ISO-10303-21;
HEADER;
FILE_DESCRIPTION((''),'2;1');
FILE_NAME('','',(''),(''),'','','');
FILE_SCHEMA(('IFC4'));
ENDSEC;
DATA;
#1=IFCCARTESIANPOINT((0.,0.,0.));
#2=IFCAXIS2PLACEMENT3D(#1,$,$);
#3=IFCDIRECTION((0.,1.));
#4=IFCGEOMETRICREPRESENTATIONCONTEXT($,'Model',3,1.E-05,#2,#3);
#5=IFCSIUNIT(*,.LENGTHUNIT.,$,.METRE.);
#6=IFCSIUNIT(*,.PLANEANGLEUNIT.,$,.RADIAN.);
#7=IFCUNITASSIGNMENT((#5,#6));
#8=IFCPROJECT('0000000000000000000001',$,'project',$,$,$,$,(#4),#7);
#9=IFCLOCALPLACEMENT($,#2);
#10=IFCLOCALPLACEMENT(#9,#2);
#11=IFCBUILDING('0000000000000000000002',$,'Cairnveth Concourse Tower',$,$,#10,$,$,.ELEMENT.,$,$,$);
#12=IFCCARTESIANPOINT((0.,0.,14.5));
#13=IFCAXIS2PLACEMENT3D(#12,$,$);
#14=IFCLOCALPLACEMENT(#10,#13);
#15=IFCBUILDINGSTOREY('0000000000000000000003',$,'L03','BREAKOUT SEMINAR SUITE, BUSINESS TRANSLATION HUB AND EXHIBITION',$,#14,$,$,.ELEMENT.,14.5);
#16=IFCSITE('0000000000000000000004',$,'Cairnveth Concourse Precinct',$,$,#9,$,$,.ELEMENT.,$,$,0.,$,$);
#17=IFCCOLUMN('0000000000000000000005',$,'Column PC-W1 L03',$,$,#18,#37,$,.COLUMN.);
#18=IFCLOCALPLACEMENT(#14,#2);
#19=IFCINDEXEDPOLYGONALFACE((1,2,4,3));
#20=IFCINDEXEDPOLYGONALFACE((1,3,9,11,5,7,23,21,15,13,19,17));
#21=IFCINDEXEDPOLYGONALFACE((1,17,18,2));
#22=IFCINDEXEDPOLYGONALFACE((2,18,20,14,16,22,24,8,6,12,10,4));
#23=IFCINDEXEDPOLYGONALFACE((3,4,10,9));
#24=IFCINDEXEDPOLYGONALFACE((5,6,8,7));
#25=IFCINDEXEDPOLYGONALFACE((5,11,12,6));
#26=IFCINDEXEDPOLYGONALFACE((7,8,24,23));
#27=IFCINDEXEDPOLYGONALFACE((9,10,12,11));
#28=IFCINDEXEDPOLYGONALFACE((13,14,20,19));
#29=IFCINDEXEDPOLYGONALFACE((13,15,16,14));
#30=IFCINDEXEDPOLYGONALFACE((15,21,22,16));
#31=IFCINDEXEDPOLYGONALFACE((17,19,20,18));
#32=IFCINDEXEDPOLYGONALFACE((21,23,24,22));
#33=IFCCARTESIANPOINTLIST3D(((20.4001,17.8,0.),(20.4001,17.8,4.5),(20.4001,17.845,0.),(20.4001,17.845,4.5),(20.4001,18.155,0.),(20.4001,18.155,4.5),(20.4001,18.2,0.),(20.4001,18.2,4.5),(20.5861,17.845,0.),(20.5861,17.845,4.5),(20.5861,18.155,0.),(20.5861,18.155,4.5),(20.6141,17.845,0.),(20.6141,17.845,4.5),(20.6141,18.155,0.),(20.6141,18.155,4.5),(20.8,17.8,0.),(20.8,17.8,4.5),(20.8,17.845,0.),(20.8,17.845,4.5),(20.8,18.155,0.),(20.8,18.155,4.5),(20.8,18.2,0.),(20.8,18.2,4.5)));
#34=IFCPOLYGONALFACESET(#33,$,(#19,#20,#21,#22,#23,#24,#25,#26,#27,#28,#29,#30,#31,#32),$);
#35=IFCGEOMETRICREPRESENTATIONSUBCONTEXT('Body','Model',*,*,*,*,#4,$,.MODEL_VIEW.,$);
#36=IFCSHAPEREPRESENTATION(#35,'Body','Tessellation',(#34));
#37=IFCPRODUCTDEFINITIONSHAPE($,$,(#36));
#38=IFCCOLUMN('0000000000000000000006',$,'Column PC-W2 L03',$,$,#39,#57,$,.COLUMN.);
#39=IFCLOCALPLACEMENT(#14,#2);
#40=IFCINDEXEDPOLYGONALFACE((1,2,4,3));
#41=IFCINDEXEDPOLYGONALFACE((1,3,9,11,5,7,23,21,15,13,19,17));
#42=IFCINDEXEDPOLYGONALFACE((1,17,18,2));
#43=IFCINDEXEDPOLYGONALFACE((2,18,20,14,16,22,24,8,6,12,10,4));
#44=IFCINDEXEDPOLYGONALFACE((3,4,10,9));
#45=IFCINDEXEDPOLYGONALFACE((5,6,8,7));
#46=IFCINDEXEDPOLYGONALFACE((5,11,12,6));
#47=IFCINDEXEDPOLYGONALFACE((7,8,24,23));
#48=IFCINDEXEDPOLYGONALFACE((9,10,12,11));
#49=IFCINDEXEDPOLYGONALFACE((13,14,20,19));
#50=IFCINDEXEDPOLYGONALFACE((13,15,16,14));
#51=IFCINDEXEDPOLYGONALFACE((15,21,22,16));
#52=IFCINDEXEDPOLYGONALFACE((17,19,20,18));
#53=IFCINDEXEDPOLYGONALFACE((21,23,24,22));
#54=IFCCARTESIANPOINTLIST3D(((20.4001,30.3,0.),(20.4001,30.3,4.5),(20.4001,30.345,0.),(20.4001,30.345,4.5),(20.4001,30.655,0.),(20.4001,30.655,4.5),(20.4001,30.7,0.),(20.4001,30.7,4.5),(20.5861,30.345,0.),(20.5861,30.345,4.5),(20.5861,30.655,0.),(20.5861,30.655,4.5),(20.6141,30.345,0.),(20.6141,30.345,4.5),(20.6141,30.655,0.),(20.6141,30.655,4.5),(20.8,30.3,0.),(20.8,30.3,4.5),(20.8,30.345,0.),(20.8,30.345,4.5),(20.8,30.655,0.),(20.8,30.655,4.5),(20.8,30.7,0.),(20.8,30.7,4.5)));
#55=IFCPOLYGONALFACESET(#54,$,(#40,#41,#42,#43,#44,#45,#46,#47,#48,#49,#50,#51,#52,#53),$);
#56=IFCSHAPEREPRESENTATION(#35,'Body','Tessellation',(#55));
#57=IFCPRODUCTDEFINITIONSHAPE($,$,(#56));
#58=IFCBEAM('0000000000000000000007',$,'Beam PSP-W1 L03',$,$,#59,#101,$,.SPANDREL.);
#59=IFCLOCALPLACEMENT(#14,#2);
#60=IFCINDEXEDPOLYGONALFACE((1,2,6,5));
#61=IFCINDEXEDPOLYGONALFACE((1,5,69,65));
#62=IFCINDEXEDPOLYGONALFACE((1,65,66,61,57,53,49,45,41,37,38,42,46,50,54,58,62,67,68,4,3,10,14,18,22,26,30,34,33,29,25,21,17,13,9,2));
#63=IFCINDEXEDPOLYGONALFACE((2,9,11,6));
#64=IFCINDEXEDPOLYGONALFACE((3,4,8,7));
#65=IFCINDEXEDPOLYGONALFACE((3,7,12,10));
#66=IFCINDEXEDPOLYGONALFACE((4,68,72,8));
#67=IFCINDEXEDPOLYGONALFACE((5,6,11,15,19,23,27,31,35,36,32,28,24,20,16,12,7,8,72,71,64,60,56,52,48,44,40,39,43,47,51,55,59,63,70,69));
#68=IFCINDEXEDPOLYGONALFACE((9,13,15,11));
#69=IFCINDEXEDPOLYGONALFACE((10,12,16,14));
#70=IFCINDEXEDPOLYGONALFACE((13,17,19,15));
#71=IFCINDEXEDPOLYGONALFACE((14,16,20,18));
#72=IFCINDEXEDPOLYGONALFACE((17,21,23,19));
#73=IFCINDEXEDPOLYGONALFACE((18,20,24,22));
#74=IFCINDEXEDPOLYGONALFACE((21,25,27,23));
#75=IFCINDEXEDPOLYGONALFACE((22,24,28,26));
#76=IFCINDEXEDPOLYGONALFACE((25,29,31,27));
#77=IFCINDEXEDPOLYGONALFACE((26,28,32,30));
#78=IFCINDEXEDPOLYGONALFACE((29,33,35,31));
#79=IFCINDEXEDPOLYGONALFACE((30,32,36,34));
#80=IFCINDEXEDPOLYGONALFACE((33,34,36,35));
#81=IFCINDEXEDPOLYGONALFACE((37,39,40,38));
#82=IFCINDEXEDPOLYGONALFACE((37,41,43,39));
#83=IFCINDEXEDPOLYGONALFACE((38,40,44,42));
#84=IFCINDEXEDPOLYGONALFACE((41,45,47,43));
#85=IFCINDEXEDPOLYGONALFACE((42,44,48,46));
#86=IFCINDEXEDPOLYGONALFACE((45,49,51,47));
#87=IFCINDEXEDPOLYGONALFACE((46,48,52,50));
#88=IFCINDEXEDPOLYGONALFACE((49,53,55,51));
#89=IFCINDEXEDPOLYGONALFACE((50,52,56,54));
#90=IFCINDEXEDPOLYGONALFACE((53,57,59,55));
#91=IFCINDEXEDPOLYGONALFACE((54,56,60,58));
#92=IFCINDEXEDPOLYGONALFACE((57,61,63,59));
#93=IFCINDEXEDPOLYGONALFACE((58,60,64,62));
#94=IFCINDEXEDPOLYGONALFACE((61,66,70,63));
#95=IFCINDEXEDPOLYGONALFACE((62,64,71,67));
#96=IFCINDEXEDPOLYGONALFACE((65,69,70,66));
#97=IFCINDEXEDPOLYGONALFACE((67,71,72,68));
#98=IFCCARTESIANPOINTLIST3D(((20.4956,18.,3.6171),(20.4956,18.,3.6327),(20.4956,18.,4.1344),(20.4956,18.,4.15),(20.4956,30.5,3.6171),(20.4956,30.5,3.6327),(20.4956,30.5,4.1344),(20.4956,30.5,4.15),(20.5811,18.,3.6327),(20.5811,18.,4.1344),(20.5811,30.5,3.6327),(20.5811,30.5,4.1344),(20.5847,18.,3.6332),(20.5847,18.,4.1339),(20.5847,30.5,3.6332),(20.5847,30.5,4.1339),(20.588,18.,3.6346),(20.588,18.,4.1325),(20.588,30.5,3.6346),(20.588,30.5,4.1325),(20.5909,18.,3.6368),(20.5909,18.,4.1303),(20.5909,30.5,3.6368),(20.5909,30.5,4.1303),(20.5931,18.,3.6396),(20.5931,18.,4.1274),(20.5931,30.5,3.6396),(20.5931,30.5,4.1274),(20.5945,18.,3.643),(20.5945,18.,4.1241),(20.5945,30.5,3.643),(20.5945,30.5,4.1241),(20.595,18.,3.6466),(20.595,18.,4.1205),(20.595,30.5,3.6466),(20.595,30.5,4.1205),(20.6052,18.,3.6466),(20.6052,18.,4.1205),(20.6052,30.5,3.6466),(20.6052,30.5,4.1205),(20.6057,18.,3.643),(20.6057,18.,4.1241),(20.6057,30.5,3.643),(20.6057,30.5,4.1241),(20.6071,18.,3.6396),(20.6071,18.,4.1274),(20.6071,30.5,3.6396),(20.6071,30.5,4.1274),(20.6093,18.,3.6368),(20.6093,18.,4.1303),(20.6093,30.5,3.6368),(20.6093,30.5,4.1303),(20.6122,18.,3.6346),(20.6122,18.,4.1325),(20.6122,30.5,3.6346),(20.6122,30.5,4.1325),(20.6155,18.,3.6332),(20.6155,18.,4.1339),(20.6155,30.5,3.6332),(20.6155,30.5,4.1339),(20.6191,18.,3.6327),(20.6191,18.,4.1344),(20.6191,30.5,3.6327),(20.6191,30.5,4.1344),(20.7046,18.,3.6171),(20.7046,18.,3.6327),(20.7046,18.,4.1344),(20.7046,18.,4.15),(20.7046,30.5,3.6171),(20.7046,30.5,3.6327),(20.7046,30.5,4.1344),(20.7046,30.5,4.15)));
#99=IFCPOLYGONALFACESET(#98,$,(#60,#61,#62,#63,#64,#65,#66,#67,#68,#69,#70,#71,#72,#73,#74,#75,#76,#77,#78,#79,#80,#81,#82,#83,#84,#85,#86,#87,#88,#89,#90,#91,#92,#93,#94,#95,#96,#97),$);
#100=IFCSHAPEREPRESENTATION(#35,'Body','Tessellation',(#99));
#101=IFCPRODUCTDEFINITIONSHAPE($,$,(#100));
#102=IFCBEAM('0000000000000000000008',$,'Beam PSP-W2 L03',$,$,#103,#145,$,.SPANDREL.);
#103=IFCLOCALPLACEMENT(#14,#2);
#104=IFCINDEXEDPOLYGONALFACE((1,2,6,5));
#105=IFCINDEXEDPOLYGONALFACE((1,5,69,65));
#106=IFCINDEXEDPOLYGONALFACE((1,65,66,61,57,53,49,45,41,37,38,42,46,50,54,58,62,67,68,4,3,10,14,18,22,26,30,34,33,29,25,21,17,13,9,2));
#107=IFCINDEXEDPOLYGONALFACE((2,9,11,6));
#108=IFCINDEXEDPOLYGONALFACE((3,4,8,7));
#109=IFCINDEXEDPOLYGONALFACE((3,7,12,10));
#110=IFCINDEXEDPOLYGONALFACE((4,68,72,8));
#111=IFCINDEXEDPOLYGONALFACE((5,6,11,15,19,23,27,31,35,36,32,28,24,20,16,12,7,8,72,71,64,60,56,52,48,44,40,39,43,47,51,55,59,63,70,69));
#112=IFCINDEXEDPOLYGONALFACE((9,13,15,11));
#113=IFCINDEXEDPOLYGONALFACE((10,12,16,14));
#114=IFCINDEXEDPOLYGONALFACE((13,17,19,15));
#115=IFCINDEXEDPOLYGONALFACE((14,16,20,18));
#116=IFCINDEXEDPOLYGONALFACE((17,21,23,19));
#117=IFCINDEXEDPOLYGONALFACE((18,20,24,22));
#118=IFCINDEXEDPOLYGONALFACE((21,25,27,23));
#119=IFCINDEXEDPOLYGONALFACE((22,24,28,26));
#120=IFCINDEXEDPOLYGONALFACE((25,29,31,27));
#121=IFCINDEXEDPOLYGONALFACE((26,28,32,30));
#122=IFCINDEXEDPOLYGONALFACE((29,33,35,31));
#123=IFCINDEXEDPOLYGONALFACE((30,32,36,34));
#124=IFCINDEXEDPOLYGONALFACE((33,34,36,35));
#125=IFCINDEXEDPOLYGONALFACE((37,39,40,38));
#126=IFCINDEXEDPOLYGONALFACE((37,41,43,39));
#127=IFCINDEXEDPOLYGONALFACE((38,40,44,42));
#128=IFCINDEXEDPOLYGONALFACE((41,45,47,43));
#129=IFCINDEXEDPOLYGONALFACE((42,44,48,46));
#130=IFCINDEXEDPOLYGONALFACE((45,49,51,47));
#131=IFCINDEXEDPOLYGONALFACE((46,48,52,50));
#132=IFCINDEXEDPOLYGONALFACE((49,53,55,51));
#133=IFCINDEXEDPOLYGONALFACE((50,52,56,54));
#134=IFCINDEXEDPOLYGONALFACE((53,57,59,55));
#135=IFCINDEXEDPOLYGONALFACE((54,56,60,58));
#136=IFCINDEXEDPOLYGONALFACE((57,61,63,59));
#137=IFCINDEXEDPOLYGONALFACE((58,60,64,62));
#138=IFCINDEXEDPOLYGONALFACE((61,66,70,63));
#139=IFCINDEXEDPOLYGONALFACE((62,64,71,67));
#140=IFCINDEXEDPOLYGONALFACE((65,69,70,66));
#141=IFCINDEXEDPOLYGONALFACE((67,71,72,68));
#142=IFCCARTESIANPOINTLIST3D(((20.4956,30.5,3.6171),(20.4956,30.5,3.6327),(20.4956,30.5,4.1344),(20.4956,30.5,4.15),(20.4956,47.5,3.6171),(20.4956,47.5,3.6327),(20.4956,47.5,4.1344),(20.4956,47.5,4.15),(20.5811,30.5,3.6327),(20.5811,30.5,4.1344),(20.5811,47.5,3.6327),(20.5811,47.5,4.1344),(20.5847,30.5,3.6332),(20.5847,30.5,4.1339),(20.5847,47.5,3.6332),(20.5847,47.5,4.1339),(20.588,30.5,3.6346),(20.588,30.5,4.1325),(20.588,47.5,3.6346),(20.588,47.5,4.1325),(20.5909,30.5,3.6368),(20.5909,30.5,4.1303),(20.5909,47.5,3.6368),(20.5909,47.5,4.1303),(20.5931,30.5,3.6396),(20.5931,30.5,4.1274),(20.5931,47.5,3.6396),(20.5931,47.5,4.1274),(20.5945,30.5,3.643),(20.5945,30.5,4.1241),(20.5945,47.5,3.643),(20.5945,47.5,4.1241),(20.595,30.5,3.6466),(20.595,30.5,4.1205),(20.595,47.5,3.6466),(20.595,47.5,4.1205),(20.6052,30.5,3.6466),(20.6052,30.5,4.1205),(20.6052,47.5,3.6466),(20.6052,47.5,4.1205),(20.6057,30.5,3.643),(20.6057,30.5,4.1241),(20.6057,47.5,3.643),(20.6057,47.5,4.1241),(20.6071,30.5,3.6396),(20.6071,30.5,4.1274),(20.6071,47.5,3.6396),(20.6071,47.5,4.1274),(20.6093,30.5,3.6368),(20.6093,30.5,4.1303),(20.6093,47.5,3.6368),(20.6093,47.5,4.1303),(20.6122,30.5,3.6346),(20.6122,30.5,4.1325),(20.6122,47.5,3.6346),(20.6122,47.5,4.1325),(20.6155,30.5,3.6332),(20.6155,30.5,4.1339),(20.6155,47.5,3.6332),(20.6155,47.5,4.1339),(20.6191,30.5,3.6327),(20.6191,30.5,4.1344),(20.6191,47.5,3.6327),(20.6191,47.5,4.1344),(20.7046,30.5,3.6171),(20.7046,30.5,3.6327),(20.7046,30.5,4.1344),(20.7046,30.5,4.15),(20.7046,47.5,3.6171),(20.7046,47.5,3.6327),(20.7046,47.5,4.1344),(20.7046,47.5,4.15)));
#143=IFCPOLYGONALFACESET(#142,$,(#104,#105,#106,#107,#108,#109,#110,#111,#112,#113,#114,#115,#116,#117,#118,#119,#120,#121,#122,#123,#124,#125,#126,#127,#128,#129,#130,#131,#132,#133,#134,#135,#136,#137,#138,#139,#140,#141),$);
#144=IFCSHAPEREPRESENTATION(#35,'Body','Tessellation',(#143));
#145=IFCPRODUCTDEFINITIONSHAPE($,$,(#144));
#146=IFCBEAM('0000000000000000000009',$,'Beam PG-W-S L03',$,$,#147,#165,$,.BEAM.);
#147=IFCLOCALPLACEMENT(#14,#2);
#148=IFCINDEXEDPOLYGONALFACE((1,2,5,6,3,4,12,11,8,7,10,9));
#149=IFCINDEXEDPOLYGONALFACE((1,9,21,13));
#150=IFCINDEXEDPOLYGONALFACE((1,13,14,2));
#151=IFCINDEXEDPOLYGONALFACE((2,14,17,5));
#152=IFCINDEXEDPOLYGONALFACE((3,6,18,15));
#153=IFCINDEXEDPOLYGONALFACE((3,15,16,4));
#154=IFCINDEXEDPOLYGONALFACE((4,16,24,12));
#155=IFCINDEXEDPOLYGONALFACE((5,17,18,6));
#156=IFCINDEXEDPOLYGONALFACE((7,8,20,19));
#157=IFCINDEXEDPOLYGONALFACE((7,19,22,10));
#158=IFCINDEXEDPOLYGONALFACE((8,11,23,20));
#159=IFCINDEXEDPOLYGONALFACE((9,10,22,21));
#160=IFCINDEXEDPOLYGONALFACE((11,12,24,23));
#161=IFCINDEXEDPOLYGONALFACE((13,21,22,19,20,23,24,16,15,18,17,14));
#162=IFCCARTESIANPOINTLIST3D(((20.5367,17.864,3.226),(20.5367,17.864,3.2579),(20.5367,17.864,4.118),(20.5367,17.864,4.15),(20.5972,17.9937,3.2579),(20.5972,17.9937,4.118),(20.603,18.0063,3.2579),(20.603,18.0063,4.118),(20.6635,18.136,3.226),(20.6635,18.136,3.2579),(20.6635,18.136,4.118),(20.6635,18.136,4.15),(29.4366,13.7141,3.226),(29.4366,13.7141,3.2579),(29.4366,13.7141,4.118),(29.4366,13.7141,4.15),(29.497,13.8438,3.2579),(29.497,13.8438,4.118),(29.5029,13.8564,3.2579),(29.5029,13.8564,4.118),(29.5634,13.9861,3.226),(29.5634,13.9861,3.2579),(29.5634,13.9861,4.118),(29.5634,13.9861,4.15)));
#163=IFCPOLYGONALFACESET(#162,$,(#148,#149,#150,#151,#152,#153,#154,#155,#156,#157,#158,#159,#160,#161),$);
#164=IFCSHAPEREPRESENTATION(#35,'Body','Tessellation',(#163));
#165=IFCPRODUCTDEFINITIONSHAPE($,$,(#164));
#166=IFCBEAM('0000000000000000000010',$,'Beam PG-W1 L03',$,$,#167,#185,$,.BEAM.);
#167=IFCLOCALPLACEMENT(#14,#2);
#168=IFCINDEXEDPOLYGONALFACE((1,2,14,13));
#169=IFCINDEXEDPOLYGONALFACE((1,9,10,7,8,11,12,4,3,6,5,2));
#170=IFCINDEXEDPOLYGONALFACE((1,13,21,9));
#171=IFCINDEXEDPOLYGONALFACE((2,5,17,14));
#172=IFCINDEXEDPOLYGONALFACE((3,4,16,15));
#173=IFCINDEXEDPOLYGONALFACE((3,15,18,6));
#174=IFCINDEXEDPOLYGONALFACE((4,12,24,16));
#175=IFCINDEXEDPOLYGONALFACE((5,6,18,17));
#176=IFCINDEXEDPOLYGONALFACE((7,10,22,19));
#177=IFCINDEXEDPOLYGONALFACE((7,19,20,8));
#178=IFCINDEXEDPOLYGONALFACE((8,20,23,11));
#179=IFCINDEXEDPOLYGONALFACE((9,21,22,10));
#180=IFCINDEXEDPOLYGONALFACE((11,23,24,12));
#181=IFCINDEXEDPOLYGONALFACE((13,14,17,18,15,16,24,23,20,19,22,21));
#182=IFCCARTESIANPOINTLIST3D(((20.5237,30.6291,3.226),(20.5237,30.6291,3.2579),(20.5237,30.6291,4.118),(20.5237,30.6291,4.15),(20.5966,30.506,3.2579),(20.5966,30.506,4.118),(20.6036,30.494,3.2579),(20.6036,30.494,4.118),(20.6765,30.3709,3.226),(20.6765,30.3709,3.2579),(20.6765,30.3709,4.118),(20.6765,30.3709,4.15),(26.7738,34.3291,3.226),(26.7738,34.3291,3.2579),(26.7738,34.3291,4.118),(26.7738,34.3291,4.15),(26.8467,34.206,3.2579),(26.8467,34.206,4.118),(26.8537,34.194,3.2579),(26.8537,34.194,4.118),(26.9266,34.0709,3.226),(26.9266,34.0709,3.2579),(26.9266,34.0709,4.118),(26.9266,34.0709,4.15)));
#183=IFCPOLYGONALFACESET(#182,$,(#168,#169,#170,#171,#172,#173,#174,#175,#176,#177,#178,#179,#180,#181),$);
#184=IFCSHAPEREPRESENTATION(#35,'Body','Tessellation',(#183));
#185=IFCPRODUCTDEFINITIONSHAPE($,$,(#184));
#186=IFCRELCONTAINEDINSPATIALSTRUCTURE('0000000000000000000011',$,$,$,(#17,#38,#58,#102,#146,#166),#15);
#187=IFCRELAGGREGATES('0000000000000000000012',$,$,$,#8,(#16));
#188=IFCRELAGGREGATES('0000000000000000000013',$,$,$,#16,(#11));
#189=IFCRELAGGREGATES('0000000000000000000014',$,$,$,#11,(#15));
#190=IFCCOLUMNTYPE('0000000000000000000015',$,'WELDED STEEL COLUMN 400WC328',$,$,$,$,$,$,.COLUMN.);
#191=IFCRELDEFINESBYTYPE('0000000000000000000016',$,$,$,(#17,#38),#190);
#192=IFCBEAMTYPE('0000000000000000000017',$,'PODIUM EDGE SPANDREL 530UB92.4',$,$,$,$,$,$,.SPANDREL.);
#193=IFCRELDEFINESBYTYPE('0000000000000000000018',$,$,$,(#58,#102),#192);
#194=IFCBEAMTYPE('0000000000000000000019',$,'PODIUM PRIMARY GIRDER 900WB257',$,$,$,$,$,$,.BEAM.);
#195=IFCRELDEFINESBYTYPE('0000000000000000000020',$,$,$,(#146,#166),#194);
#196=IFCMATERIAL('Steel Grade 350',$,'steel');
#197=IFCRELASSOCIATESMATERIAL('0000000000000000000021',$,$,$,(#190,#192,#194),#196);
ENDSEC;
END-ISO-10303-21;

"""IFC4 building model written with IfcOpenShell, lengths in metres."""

from ifc_helpers import new_model, si_unit, direction, frame, origin, origin_2d, place, context, subcontext, project, spatial, i_section, extrude, material, material_profile, profile_set, type_object, element, save


model = new_model("IFC4")

# Units and contexts
model_context = context("Model", 3, precision=1e-05, world=origin(), true_north=direction((0.0, 1.0)))
body_context = subcontext(model_context, "Body", "Model", "MODEL_VIEW")
ifc_project = project(units=[si_unit("LENGTHUNIT", "METRE"), si_unit("PLANEANGLEUNIT", "RADIAN")], contexts=[model_context])

# Site, building, storey
site_placement = place(None, origin())
site = spatial("IfcSite", under=ifc_project, at=site_placement, Name="Cairnveth Concourse Precinct", CompositionType="ELEMENT", RefElevation=0.0)
building_placement = place(site_placement, origin())
building = spatial("IfcBuilding", under=site, at=building_placement, Name="Cairnveth Concourse Tower", CompositionType="ELEMENT")
storey_placement = place(building_placement, frame((0.0, 0.0, 14.5)))
storey = spatial("IfcBuildingStorey", under=building, at=storey_placement, Name="L03", Description="BREAKOUT SEMINAR SUITE, BUSINESS TRANSLATION HUB AND EXHIBITION", CompositionType="ELEMENT", Elevation=14.5)

# Columns
ifc_material_1 = material(Name="Steel Grade 350", Category="steel")
ifc_material_profile_1 = material_profile(ifc_material_1, i_section(OverallWidth=0.3999, OverallDepth=0.3999, WebThickness=0.0281, FlangeThickness=0.0449, at=origin_2d()), Name="400WC328")
ifc_profile_set_1 = profile_set([ifc_material_profile_1], Name="Steel Grade 350")
column_type = type_object("IfcColumnType", Name="WELDED STEEL COLUMN 400WC328", PredefinedType="COLUMN", material=ifc_profile_set_1)
for number, where, z_axis, x_axis, name in (
    (1, (20.6001, 18.0, 0.0), (0.0, 0.0, 1.0), (1.0, 0.0, 0.0), "Column PC-W1 L03"),
    (2, (20.6001, 30.5, 0.0), (0.0, 0.0, 1.0), (1.0, 0.0, 0.0), "Column PC-W2 L03"),
):
    element("IfcColumn", number, at=place(storey_placement, frame(where, z_axis=z_axis, x_axis=x_axis)), inside=storey, type_object=column_type, Name=name, PredefinedType="COLUMN", context=body_context, shape_type="SweptSolid", body=[
        extrude(i_section(OverallWidth=0.3999, OverallDepth=0.3999, WebThickness=0.0281, FlangeThickness=0.0449, at=origin_2d()), origin(), (0.0, 0.0, 1.0), 4.5),
    ])

# Beams
ifc_material_profile_2 = material_profile(ifc_material_1, i_section(OverallWidth=0.209, OverallDepth=0.533, WebThickness=0.0103, FlangeThickness=0.0156, FilletRadius=0.0139, at=origin_2d()), Name="530UB92.4")
ifc_profile_set_2 = profile_set([ifc_material_profile_2], Name="Steel Grade 350")
beam_type_1 = type_object("IfcBeamType", Name="PODIUM EDGE SPANDREL 530UB92.4", PredefinedType="SPANDREL", material=ifc_profile_set_2)
beam_1_placement = place(storey_placement, frame((20.6001, 18.0, 3.8835), z_axis=(0.0, 1.0, 0.0), x_axis=(-1.0, 0.0, 0.0)))
element("IfcBeam", 3, at=beam_1_placement, inside=storey, type_object=beam_type_1, Name="Beam PSP-W1 L03", PredefinedType="SPANDREL", context=body_context, shape_type="SweptSolid", body=[
    extrude(i_section(OverallWidth=0.209, OverallDepth=0.533, WebThickness=0.0103, FlangeThickness=0.0156, FilletRadius=0.0139, at=origin_2d()), origin(), (0.0, 0.0, 1.0), 12.5),
])
beam_2_placement = place(storey_placement, frame((20.6001, 30.5, 3.8835), z_axis=(0.0, 1.0, 0.0), x_axis=(-1.0, 0.0, 0.0)))
element("IfcBeam", 4, at=beam_2_placement, inside=storey, type_object=beam_type_1, Name="Beam PSP-W2 L03", PredefinedType="SPANDREL", context=body_context, shape_type="SweptSolid", body=[
    extrude(i_section(OverallWidth=0.209, OverallDepth=0.533, WebThickness=0.0103, FlangeThickness=0.0156, FilletRadius=0.0139, at=origin_2d()), origin(), (0.0, 0.0, 1.0), 17.0),
])
ifc_material_profile_3 = material_profile(ifc_material_1, i_section(OverallWidth=0.3, OverallDepth=0.9241, WebThickness=0.0139, FlangeThickness=0.032, at=origin_2d()), Name="900WB257")
ifc_profile_set_3 = profile_set([ifc_material_profile_3], Name="Steel Grade 350")
beam_type_2 = type_object("IfcBeamType", Name="PODIUM PRIMARY GIRDER 900WB257", PredefinedType="BEAM", material=ifc_profile_set_3)
beam_3_placement = place(storey_placement, frame((20.6001, 18.0, 3.688), z_axis=(0.906315, -0.422602, 0.0), x_axis=(0.422602, 0.906315, 0.0)))
element("IfcBeam", 5, at=beam_3_placement, inside=storey, type_object=beam_type_2, Name="Beam PG-W-S L03", PredefinedType="BEAM", context=body_context, shape_type="SweptSolid", body=[
    extrude(i_section(OverallWidth=0.3, OverallDepth=0.9241, WebThickness=0.0139, FlangeThickness=0.032, at=origin_2d()), origin(), (0.0, 0.0, 1.0), 9.8198),
])
beam_4_placement = place(storey_placement, frame((20.6001, 30.5, 3.688), z_axis=(0.860518, 0.50942, 0.0), x_axis=(-0.50942, 0.860518, 0.0)))
element("IfcBeam", 6, at=beam_4_placement, inside=storey, type_object=beam_type_2, Name="Beam PG-W1 L03", PredefinedType="BEAM", context=body_context, shape_type="SweptSolid", body=[
    extrude(i_section(OverallWidth=0.3, OverallDepth=0.9241, WebThickness=0.0139, FlangeThickness=0.032, at=origin_2d()), origin(), (0.0, 0.0, 1.0), 7.2632),
])

save(model, "model.ifc")
